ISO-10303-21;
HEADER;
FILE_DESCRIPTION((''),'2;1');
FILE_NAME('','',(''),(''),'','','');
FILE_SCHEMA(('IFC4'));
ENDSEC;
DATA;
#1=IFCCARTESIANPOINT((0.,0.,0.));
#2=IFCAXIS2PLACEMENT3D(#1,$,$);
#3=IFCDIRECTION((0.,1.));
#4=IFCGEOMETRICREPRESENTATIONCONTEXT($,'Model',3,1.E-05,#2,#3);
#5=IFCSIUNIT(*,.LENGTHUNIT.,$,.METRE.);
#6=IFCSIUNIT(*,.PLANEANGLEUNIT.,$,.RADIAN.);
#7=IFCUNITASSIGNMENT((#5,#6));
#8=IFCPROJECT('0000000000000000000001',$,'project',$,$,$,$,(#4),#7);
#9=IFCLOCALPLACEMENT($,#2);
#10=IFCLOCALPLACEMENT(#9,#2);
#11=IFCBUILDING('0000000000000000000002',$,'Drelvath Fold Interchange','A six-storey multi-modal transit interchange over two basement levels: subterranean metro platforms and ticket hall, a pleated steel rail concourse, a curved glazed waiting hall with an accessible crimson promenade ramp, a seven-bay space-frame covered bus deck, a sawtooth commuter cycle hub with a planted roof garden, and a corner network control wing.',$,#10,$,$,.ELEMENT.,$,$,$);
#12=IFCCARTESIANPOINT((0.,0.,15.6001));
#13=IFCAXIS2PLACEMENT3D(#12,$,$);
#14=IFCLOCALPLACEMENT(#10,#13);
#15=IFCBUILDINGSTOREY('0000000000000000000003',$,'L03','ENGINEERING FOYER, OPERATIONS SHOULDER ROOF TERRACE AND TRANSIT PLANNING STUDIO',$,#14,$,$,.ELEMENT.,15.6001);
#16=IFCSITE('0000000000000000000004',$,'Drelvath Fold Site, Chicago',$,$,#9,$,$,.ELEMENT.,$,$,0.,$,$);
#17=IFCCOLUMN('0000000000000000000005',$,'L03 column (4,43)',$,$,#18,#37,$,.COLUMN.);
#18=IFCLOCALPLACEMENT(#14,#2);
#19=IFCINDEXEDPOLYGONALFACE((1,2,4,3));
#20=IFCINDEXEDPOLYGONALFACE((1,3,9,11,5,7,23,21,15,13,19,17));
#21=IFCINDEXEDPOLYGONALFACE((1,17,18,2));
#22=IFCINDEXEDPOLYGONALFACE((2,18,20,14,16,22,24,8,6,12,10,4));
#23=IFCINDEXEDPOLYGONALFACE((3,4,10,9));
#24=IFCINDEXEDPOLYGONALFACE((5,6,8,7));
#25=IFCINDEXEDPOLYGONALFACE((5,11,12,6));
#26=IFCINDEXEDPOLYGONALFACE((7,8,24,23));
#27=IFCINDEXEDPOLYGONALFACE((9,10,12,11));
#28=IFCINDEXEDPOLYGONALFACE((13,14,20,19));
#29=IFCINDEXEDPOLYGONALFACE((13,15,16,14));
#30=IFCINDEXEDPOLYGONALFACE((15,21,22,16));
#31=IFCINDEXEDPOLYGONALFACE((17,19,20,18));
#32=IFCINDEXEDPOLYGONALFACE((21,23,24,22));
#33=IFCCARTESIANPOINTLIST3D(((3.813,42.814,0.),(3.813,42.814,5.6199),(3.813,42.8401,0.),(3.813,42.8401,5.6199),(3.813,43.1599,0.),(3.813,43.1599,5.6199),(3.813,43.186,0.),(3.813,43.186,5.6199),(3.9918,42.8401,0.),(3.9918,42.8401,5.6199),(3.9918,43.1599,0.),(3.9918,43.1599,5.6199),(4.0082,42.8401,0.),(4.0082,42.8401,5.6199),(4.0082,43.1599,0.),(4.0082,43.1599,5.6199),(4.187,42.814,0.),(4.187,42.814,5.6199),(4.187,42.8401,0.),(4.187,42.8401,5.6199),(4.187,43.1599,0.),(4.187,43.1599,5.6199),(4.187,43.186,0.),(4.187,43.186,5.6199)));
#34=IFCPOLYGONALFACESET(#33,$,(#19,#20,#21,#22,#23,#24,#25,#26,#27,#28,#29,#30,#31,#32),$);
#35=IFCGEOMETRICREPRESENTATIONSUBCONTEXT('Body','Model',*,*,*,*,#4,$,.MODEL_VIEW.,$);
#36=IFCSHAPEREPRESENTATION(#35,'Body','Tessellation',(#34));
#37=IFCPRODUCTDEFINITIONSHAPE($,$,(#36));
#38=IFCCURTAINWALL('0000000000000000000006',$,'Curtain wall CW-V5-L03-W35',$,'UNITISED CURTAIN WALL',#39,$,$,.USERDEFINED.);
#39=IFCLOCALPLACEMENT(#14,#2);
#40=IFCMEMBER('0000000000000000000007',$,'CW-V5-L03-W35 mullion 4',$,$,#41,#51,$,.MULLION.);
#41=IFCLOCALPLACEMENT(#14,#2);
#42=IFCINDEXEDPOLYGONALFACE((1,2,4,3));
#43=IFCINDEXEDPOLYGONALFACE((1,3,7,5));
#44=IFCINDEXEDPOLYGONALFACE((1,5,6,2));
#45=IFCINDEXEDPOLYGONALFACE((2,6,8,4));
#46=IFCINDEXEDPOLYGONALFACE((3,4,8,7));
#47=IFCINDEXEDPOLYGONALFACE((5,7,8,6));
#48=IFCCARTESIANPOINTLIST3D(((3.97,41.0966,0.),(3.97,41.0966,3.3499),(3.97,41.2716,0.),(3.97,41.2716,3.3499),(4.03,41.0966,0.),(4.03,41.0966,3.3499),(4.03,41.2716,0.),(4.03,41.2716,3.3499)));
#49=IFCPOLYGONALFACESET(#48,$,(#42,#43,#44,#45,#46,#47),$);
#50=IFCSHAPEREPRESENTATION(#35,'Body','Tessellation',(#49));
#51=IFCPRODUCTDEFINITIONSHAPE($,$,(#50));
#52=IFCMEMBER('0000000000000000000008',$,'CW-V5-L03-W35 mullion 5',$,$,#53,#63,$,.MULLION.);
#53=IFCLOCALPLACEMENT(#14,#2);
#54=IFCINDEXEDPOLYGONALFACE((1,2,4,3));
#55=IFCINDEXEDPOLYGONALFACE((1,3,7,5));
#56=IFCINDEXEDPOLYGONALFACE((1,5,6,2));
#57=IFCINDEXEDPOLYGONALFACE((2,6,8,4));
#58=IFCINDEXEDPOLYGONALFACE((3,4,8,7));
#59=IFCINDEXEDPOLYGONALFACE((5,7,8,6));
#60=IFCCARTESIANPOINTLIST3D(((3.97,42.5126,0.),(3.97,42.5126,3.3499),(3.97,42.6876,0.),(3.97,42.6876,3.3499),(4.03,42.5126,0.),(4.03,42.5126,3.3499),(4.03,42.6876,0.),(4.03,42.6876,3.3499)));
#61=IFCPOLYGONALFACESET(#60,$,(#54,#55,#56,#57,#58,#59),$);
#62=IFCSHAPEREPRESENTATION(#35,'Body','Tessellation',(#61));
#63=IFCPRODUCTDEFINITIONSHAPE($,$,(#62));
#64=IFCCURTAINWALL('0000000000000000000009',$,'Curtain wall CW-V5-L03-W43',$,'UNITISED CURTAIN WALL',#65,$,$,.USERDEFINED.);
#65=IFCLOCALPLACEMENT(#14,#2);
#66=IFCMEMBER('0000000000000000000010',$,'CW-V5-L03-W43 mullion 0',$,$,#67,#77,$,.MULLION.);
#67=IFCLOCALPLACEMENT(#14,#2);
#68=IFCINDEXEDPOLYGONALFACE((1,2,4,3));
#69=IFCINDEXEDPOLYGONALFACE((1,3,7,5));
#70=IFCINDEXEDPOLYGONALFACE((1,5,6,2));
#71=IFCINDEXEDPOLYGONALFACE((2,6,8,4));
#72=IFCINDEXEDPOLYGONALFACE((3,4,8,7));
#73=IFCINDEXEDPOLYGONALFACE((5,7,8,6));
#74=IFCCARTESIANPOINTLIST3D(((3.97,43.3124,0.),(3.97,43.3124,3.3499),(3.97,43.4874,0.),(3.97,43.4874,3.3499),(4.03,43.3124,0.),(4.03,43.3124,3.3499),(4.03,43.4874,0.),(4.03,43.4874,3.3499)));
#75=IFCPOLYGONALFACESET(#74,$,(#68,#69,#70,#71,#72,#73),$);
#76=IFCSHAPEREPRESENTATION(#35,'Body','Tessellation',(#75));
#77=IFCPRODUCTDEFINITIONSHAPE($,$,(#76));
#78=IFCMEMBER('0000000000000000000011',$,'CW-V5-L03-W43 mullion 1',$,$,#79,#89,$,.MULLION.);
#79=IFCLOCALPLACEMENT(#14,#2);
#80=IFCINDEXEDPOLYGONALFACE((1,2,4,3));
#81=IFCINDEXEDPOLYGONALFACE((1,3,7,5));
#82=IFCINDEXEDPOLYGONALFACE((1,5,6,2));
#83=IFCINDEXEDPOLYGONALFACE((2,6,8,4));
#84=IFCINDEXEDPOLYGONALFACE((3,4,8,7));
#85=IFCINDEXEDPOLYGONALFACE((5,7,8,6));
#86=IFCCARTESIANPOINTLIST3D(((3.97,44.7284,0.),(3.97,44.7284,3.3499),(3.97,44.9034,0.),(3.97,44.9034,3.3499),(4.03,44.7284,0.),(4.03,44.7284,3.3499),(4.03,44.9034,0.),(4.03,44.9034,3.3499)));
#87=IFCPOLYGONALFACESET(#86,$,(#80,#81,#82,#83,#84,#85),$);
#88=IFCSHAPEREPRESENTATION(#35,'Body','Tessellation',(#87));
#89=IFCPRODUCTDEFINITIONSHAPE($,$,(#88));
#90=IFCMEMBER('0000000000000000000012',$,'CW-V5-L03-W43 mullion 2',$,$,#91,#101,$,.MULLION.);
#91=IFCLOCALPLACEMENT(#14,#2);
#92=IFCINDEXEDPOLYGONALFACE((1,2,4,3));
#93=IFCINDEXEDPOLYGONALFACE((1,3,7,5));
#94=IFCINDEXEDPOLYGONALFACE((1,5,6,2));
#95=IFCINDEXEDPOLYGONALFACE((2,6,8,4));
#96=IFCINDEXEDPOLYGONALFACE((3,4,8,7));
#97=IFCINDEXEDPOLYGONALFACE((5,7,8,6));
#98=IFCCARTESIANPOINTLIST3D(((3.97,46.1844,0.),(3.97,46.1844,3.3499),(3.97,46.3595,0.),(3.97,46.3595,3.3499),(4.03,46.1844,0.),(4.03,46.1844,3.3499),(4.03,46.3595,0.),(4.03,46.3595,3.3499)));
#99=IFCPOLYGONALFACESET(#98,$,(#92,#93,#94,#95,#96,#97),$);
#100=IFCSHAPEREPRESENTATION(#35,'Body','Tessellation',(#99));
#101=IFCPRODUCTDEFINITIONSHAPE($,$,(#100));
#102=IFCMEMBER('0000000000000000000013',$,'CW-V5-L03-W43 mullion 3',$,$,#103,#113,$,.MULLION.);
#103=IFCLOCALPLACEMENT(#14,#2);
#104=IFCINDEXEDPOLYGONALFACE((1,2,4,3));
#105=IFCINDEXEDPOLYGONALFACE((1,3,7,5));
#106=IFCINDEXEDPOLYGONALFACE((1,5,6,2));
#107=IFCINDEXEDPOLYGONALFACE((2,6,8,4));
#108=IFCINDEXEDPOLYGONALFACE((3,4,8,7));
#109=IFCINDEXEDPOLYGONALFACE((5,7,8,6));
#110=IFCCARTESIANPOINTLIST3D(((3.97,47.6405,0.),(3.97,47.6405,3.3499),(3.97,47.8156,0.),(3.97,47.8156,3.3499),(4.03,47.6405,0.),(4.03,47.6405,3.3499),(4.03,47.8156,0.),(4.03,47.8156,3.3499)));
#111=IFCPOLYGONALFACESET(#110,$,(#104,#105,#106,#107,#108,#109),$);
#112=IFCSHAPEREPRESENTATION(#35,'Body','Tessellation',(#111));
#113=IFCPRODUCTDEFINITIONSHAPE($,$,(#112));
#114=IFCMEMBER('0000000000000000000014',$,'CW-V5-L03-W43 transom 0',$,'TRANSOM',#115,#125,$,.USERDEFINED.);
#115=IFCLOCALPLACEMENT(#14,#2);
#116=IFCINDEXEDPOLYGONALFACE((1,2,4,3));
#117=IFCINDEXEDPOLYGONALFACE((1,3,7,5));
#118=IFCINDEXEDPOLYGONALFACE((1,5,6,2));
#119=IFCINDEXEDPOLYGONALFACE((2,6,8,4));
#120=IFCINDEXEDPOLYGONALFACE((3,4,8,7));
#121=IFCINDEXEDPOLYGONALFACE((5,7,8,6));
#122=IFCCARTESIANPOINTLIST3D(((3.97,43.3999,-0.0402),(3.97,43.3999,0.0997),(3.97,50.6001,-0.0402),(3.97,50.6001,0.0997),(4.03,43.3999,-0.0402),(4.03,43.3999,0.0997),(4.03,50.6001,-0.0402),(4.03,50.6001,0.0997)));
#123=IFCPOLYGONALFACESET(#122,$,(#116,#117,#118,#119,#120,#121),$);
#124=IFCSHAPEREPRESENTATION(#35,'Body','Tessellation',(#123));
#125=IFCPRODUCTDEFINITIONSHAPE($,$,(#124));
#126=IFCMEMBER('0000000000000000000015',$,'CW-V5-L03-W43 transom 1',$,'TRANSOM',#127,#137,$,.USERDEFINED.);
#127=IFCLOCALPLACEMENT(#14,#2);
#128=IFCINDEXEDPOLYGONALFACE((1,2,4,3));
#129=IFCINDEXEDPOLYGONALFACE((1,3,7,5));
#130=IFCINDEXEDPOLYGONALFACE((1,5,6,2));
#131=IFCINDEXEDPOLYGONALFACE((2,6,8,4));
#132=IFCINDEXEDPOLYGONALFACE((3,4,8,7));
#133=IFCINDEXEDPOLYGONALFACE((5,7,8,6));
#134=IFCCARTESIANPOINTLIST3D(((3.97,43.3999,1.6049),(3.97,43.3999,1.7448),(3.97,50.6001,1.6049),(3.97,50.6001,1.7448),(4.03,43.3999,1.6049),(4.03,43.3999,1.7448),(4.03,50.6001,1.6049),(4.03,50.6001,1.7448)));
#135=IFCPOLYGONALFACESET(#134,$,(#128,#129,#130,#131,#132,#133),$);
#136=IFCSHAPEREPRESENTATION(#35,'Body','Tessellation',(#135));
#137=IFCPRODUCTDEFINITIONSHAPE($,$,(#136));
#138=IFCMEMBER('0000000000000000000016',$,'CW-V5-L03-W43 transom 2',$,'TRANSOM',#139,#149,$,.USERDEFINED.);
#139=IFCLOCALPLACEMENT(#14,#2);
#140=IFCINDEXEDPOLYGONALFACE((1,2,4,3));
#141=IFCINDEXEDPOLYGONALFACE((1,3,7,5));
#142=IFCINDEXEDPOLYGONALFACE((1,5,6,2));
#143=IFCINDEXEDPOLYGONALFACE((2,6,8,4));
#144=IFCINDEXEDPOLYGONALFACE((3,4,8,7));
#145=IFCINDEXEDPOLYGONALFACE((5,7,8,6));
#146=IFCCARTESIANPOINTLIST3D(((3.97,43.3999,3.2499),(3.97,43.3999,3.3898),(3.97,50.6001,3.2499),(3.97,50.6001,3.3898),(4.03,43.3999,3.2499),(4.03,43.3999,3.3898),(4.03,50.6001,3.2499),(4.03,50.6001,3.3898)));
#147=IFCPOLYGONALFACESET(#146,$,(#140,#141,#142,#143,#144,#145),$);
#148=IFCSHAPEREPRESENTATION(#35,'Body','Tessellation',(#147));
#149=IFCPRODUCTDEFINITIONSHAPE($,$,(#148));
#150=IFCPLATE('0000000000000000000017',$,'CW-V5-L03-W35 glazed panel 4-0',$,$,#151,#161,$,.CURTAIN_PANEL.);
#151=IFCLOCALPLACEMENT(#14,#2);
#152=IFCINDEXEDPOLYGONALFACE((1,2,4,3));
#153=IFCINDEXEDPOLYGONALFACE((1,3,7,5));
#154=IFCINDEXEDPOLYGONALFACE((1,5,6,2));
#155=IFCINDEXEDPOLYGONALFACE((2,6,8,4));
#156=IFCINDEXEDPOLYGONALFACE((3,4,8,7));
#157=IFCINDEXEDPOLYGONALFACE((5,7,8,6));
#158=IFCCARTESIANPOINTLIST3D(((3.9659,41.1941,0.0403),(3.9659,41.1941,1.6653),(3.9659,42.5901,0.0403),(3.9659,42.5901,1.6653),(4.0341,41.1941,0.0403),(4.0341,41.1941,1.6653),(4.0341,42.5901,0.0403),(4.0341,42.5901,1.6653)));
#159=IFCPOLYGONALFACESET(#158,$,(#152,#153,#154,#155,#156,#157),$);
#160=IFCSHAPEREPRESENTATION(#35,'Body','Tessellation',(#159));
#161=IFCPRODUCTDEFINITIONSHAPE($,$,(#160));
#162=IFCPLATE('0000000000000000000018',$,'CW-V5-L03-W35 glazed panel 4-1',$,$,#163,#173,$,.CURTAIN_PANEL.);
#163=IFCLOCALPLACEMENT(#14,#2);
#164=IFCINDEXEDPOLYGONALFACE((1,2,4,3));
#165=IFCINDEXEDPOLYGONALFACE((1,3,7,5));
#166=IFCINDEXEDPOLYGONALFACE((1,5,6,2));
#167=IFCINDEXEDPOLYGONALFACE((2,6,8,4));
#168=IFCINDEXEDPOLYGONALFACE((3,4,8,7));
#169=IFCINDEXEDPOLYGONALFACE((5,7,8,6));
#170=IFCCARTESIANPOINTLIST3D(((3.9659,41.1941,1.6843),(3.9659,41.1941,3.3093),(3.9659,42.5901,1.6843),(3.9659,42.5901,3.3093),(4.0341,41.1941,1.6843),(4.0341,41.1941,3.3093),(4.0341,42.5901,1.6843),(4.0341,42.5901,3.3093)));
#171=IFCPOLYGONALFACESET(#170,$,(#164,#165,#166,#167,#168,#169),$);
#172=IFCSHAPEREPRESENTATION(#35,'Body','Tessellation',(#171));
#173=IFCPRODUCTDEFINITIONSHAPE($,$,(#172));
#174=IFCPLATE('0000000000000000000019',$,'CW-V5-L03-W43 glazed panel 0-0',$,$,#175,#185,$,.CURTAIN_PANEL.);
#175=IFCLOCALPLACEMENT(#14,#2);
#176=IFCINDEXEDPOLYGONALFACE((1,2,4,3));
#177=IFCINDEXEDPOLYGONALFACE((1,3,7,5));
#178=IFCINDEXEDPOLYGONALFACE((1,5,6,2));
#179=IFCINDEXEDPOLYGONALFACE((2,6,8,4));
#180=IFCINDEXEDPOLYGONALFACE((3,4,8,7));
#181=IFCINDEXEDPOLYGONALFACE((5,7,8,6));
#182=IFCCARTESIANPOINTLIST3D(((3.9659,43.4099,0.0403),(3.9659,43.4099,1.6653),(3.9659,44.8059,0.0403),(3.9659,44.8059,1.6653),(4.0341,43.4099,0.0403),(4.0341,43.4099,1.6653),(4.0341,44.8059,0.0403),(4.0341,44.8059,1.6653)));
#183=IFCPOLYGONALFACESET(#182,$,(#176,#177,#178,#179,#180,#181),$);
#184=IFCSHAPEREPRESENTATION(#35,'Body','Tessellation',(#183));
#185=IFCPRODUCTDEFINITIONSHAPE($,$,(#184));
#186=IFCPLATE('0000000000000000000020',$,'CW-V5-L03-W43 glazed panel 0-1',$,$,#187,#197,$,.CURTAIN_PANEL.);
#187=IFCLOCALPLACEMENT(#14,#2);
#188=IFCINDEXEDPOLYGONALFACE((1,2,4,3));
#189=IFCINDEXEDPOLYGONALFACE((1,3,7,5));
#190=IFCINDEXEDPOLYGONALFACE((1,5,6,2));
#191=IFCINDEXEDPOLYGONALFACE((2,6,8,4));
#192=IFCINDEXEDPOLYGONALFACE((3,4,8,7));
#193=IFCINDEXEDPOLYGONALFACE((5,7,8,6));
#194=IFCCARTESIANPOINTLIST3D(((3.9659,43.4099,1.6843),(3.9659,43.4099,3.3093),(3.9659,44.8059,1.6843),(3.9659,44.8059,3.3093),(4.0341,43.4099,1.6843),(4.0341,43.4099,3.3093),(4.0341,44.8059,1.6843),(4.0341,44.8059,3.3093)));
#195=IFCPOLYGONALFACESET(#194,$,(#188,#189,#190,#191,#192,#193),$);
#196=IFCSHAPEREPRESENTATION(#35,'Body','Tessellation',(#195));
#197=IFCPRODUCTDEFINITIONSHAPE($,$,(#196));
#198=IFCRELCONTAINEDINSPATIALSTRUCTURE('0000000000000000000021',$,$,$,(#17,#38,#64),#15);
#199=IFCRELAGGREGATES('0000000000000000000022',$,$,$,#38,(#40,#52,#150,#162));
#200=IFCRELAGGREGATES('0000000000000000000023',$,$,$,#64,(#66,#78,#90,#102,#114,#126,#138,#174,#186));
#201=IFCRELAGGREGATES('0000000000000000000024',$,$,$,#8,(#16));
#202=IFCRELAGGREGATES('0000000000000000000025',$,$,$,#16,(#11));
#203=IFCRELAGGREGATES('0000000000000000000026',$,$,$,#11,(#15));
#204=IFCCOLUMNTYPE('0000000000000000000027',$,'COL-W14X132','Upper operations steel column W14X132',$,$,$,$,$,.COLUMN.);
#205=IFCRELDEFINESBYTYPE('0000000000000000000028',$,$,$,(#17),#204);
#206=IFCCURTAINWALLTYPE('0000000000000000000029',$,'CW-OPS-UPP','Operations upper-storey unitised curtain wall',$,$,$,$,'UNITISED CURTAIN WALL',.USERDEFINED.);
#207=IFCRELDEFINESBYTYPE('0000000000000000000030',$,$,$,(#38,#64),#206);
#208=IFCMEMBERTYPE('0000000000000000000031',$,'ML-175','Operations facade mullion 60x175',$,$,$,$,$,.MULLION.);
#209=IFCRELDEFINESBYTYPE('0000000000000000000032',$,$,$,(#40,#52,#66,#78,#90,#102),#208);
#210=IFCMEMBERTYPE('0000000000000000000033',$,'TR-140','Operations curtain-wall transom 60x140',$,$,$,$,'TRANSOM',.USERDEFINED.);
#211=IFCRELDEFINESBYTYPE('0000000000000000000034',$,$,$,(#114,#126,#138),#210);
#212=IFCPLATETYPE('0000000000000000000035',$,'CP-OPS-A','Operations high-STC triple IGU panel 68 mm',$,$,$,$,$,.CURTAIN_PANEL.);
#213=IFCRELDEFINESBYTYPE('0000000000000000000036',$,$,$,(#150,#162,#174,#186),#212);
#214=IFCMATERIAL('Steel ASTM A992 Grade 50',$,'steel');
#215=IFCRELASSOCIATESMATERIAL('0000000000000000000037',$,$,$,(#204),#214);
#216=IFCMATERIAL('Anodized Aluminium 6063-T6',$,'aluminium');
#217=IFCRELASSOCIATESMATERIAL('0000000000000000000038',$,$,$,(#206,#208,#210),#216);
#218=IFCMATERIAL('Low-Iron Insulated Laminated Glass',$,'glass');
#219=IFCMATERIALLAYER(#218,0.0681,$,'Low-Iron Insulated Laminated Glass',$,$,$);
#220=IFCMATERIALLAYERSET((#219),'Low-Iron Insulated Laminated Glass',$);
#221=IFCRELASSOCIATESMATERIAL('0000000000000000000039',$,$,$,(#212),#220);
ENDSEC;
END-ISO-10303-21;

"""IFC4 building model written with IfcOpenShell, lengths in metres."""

from ifc_helpers import new_model, si_unit, direction, frame, origin, origin_2d, place, context, subcontext, project, spatial, rectangle, i_section, extrude, material, layer, layer_set, material_profile, profile_set, type_object, element, aggregate, save


model = new_model("IFC4")

# Units and contexts
model_context = context("Model", 3, precision=1e-05, world=origin(), true_north=direction((0.0, 1.0)))
body_context = subcontext(model_context, "Body", "Model", "MODEL_VIEW")
ifc_project = project(units=[si_unit("LENGTHUNIT", "METRE"), si_unit("PLANEANGLEUNIT", "RADIAN")], contexts=[model_context])

# Site, building, storey
site_placement = place(None, origin())
site = spatial("IfcSite", under=ifc_project, at=site_placement, Name="Drelvath Fold Site, Chicago", CompositionType="ELEMENT", RefElevation=0.0)
building_placement = place(site_placement, origin())
building = spatial("IfcBuilding", under=site, at=building_placement, Name="Drelvath Fold Interchange", Description="A six-storey multi-modal transit interchange over two basement levels: subterranean metro platforms and ticket hall, a pleated steel rail concourse, a curved glazed waiting hall with an accessible crimson promenade ramp, a seven-bay space-frame covered bus deck, a sawtooth commuter cycle hub with a planted roof garden, and a corner network control wing.", CompositionType="ELEMENT")
storey_placement = place(building_placement, frame((0.0, 0.0, 15.6001)))
storey = spatial("IfcBuildingStorey", under=building, at=storey_placement, Name="L03", Description="ENGINEERING FOYER, OPERATIONS SHOULDER ROOF TERRACE AND TRANSIT PLANNING STUDIO", CompositionType="ELEMENT", Elevation=15.6001)

# Column
ifc_material_1 = material(Name="Steel ASTM A992 Grade 50", Category="steel")
ifc_material_profile_1 = material_profile(ifc_material_1, i_section(OverallWidth=0.374, OverallDepth=0.3721, WebThickness=0.0164, FlangeThickness=0.0261, at=origin_2d()), Name="W14X132")
ifc_profile_set_1 = profile_set([ifc_material_profile_1], Name="Steel ASTM A992 Grade 50")
column_type = type_object("IfcColumnType", Name="COL-W14X132", Description="Upper operations steel column W14X132", PredefinedType="COLUMN", material=ifc_profile_set_1)
column_placement = place(storey_placement, frame((4.0, 43.0, 0.0), z_axis=(0.0, 0.0, 1.0), x_axis=(1.0, 0.0, 0.0)))
element("IfcColumn", 1, at=column_placement, inside=storey, type_object=column_type, Name="L03 column (4,43)", PredefinedType="COLUMN", context=body_context, shape_type="SweptSolid", body=[
    extrude(i_section(OverallWidth=0.374, OverallDepth=0.3721, WebThickness=0.0164, FlangeThickness=0.0261, at=origin_2d()), origin(), (0.0, 0.0, 1.0), 5.6199),
])

# Curtain walls, members
ifc_material_2 = material(Name="Anodized Aluminium 6063-T6", Category="aluminium")
curtain_wall_type = type_object("IfcCurtainWallType", Name="CW-OPS-UPP", Description="Operations upper-storey unitised curtain wall", ElementType="UNITISED CURTAIN WALL", PredefinedType="USERDEFINED", material=ifc_material_2)
curtain_wall_1_placement = place(storey_placement, origin())
curtain_wall_1 = element("IfcCurtainWall", 2, at=curtain_wall_1_placement, inside=storey, type_object=curtain_wall_type, Name="Curtain wall CW-V5-L03-W35", ObjectType="UNITISED CURTAIN WALL", PredefinedType="USERDEFINED")
ifc_material_profile_2 = material_profile(ifc_material_2, rectangle(XDim=0.0601, YDim=0.175, at=origin_2d()), Name="AL-M 60x175")
ifc_profile_set_2 = profile_set([ifc_material_profile_2], Name="Anodized Aluminium 6063-T6")
member_type_1 = type_object("IfcMemberType", Name="ML-175", Description="Operations facade mullion 60x175", PredefinedType="MULLION", material=ifc_profile_set_2)
member_1_placement = place(storey_placement, frame((4.0, 41.1841, 0.0), z_axis=(0.0, 0.0, 1.0), x_axis=(1.0, 0.0, 0.0)))
member_1 = element("IfcMember", 3, at=member_1_placement, type_object=member_type_1, Name="CW-V5-L03-W35 mullion 4", PredefinedType="MULLION", context=body_context, shape_type="SweptSolid", body=[
    extrude(rectangle(XDim=0.0601, YDim=0.175, at=origin_2d()), origin(), (0.0, 0.0, 1.0), 3.3499),
])
member_2_placement = place(storey_placement, frame((4.0, 42.6001, 0.0), z_axis=(0.0, 0.0, 1.0), x_axis=(1.0, 0.0, 0.0)))
member_2 = element("IfcMember", 4, at=member_2_placement, type_object=member_type_1, Name="CW-V5-L03-W35 mullion 5", PredefinedType="MULLION", context=body_context, shape_type="SweptSolid", body=[
    extrude(rectangle(XDim=0.0601, YDim=0.175, at=origin_2d()), origin(), (0.0, 0.0, 1.0), 3.3499),
])
curtain_wall_2_placement = place(storey_placement, origin())
curtain_wall_2 = element("IfcCurtainWall", 5, at=curtain_wall_2_placement, inside=storey, type_object=curtain_wall_type, Name="Curtain wall CW-V5-L03-W43", ObjectType="UNITISED CURTAIN WALL", PredefinedType="USERDEFINED")
member_3_placement = place(storey_placement, frame((4.0, 43.3999, 0.0), z_axis=(0.0, 0.0, 1.0), x_axis=(1.0, 0.0, 0.0)))
member_3 = element("IfcMember", 6, at=member_3_placement, type_object=member_type_1, Name="CW-V5-L03-W43 mullion 0", PredefinedType="MULLION", context=body_context, shape_type="SweptSolid", body=[
    extrude(rectangle(XDim=0.0601, YDim=0.175, at=origin_2d()), origin(), (0.0, 0.0, 1.0), 3.3499),
])
member_4_placement = place(storey_placement, frame((4.0, 44.8159, 0.0), z_axis=(0.0, 0.0, 1.0), x_axis=(1.0, 0.0, 0.0)))
member_4 = element("IfcMember", 7, at=member_4_placement, type_object=member_type_1, Name="CW-V5-L03-W43 mullion 1", PredefinedType="MULLION", context=body_context, shape_type="SweptSolid", body=[
    extrude(rectangle(XDim=0.0601, YDim=0.175, at=origin_2d()), origin(), (0.0, 0.0, 1.0), 3.3499),
])
member_5_placement = place(storey_placement, frame((4.0, 46.272, 0.0), z_axis=(0.0, 0.0, 1.0), x_axis=(1.0, 0.0, 0.0)))
member_5 = element("IfcMember", 8, at=member_5_placement, type_object=member_type_1, Name="CW-V5-L03-W43 mullion 2", PredefinedType="MULLION", context=body_context, shape_type="SweptSolid", body=[
    extrude(rectangle(XDim=0.0601, YDim=0.175, at=origin_2d()), origin(), (0.0, 0.0, 1.0), 3.3499),
])
member_6_placement = place(storey_placement, frame((4.0, 47.728, 0.0), z_axis=(0.0, 0.0, 1.0), x_axis=(1.0, 0.0, 0.0)))
member_6 = element("IfcMember", 9, at=member_6_placement, type_object=member_type_1, Name="CW-V5-L03-W43 mullion 3", PredefinedType="MULLION", context=body_context, shape_type="SweptSolid", body=[
    extrude(rectangle(XDim=0.0601, YDim=0.175, at=origin_2d()), origin(), (0.0, 0.0, 1.0), 3.3499),
])
ifc_material_profile_3 = material_profile(ifc_material_2, rectangle(XDim=0.0601, YDim=0.1399, at=origin_2d()), Name="AL-T 60x140")
ifc_profile_set_3 = profile_set([ifc_material_profile_3], Name="Anodized Aluminium 6063-T6")
member_type_2 = type_object("IfcMemberType", Name="TR-140", Description="Operations curtain-wall transom 60x140", ElementType="TRANSOM", PredefinedType="USERDEFINED", material=ifc_profile_set_3)
member_7_placement = place(storey_placement, frame((4.0, 43.3999, 0.0298), z_axis=(0.0, 1.0, 0.0), x_axis=(-1.0, 0.0, 0.0)))
member_7 = element("IfcMember", 10, at=member_7_placement, type_object=member_type_2, Name="CW-V5-L03-W43 transom 0", ObjectType="TRANSOM", PredefinedType="USERDEFINED", context=body_context, shape_type="SweptSolid", body=[
    extrude(rectangle(XDim=0.0601, YDim=0.1399, at=origin_2d()), origin(), (0.0, 0.0, 1.0), 7.2002),
])
member_8_placement = place(storey_placement, frame((4.0, 43.3999, 1.6748), z_axis=(0.0, 1.0, 0.0), x_axis=(-1.0, 0.0, 0.0)))
member_8 = element("IfcMember", 11, at=member_8_placement, type_object=member_type_2, Name="CW-V5-L03-W43 transom 1", ObjectType="TRANSOM", PredefinedType="USERDEFINED", context=body_context, shape_type="SweptSolid", body=[
    extrude(rectangle(XDim=0.0601, YDim=0.1399, at=origin_2d()), origin(), (0.0, 0.0, 1.0), 7.2002),
])
member_9_placement = place(storey_placement, frame((4.0, 43.3999, 3.3198), z_axis=(0.0, 1.0, 0.0), x_axis=(-1.0, 0.0, 0.0)))
member_9 = element("IfcMember", 12, at=member_9_placement, type_object=member_type_2, Name="CW-V5-L03-W43 transom 2", ObjectType="TRANSOM", PredefinedType="USERDEFINED", context=body_context, shape_type="SweptSolid", body=[
    extrude(rectangle(XDim=0.0601, YDim=0.1399, at=origin_2d()), origin(), (0.0, 0.0, 1.0), 7.2002),
])

# Plates
ifc_material_3 = material(Name="Low-Iron Insulated Laminated Glass", Category="glass")
ifc_layer = layer(ifc_material_3, 0.0681, Name="Low-Iron Insulated Laminated Glass")
ifc_layer_set = layer_set([ifc_layer], Name="Low-Iron Insulated Laminated Glass")
plate_type = type_object("IfcPlateType", Name="CP-OPS-A", Description="Operations high-STC triple IGU panel 68 mm", PredefinedType="CURTAIN_PANEL", material=ifc_layer_set)
plate_1_placement = place(storey_placement, frame((4.0, 41.8921, 0.0403), z_axis=(0.0, 0.0, 1.0), x_axis=(0.0, 1.0, 0.0)))
plate_1 = element("IfcPlate", 13, at=plate_1_placement, type_object=plate_type, Name="CW-V5-L03-W35 glazed panel 4-0", PredefinedType="CURTAIN_PANEL", context=body_context, shape_type="SweptSolid", body=[
    extrude(rectangle(XDim=1.396, YDim=0.0681, at=origin_2d()), origin(), (0.0, 0.0, 1.0), 1.625),
])
plate_2_placement = place(storey_placement, frame((4.0, 41.8921, 1.6843), z_axis=(0.0, 0.0, 1.0), x_axis=(0.0, 1.0, 0.0)))
plate_2 = element("IfcPlate", 14, at=plate_2_placement, type_object=plate_type, Name="CW-V5-L03-W35 glazed panel 4-1", PredefinedType="CURTAIN_PANEL", context=body_context, shape_type="SweptSolid", body=[
    extrude(rectangle(XDim=1.396, YDim=0.0681, at=origin_2d()), origin(), (0.0, 0.0, 1.0), 1.625),
])
aggregate(curtain_wall_1, [member_1, member_2, plate_1, plate_2])
plate_3_placement = place(storey_placement, frame((4.0, 44.1079, 0.0403), z_axis=(0.0, 0.0, 1.0), x_axis=(0.0, 1.0, 0.0)))
plate_3 = element("IfcPlate", 15, at=plate_3_placement, type_object=plate_type, Name="CW-V5-L03-W43 glazed panel 0-0", PredefinedType="CURTAIN_PANEL", context=body_context, shape_type="SweptSolid", body=[
    extrude(rectangle(XDim=1.396, YDim=0.0681, at=origin_2d()), origin(), (0.0, 0.0, 1.0), 1.625),
])
plate_4_placement = place(storey_placement, frame((4.0, 44.1079, 1.6843), z_axis=(0.0, 0.0, 1.0), x_axis=(0.0, 1.0, 0.0)))
plate_4 = element("IfcPlate", 16, at=plate_4_placement, type_object=plate_type, Name="CW-V5-L03-W43 glazed panel 0-1", PredefinedType="CURTAIN_PANEL", context=body_context, shape_type="SweptSolid", body=[
    extrude(rectangle(XDim=1.396, YDim=0.0681, at=origin_2d()), origin(), (0.0, 0.0, 1.0), 1.625),
])
aggregate(curtain_wall_2, [member_3, member_4, member_5, member_6, member_7, member_8, member_9, plate_3, plate_4])

save(model, "model.ifc")
